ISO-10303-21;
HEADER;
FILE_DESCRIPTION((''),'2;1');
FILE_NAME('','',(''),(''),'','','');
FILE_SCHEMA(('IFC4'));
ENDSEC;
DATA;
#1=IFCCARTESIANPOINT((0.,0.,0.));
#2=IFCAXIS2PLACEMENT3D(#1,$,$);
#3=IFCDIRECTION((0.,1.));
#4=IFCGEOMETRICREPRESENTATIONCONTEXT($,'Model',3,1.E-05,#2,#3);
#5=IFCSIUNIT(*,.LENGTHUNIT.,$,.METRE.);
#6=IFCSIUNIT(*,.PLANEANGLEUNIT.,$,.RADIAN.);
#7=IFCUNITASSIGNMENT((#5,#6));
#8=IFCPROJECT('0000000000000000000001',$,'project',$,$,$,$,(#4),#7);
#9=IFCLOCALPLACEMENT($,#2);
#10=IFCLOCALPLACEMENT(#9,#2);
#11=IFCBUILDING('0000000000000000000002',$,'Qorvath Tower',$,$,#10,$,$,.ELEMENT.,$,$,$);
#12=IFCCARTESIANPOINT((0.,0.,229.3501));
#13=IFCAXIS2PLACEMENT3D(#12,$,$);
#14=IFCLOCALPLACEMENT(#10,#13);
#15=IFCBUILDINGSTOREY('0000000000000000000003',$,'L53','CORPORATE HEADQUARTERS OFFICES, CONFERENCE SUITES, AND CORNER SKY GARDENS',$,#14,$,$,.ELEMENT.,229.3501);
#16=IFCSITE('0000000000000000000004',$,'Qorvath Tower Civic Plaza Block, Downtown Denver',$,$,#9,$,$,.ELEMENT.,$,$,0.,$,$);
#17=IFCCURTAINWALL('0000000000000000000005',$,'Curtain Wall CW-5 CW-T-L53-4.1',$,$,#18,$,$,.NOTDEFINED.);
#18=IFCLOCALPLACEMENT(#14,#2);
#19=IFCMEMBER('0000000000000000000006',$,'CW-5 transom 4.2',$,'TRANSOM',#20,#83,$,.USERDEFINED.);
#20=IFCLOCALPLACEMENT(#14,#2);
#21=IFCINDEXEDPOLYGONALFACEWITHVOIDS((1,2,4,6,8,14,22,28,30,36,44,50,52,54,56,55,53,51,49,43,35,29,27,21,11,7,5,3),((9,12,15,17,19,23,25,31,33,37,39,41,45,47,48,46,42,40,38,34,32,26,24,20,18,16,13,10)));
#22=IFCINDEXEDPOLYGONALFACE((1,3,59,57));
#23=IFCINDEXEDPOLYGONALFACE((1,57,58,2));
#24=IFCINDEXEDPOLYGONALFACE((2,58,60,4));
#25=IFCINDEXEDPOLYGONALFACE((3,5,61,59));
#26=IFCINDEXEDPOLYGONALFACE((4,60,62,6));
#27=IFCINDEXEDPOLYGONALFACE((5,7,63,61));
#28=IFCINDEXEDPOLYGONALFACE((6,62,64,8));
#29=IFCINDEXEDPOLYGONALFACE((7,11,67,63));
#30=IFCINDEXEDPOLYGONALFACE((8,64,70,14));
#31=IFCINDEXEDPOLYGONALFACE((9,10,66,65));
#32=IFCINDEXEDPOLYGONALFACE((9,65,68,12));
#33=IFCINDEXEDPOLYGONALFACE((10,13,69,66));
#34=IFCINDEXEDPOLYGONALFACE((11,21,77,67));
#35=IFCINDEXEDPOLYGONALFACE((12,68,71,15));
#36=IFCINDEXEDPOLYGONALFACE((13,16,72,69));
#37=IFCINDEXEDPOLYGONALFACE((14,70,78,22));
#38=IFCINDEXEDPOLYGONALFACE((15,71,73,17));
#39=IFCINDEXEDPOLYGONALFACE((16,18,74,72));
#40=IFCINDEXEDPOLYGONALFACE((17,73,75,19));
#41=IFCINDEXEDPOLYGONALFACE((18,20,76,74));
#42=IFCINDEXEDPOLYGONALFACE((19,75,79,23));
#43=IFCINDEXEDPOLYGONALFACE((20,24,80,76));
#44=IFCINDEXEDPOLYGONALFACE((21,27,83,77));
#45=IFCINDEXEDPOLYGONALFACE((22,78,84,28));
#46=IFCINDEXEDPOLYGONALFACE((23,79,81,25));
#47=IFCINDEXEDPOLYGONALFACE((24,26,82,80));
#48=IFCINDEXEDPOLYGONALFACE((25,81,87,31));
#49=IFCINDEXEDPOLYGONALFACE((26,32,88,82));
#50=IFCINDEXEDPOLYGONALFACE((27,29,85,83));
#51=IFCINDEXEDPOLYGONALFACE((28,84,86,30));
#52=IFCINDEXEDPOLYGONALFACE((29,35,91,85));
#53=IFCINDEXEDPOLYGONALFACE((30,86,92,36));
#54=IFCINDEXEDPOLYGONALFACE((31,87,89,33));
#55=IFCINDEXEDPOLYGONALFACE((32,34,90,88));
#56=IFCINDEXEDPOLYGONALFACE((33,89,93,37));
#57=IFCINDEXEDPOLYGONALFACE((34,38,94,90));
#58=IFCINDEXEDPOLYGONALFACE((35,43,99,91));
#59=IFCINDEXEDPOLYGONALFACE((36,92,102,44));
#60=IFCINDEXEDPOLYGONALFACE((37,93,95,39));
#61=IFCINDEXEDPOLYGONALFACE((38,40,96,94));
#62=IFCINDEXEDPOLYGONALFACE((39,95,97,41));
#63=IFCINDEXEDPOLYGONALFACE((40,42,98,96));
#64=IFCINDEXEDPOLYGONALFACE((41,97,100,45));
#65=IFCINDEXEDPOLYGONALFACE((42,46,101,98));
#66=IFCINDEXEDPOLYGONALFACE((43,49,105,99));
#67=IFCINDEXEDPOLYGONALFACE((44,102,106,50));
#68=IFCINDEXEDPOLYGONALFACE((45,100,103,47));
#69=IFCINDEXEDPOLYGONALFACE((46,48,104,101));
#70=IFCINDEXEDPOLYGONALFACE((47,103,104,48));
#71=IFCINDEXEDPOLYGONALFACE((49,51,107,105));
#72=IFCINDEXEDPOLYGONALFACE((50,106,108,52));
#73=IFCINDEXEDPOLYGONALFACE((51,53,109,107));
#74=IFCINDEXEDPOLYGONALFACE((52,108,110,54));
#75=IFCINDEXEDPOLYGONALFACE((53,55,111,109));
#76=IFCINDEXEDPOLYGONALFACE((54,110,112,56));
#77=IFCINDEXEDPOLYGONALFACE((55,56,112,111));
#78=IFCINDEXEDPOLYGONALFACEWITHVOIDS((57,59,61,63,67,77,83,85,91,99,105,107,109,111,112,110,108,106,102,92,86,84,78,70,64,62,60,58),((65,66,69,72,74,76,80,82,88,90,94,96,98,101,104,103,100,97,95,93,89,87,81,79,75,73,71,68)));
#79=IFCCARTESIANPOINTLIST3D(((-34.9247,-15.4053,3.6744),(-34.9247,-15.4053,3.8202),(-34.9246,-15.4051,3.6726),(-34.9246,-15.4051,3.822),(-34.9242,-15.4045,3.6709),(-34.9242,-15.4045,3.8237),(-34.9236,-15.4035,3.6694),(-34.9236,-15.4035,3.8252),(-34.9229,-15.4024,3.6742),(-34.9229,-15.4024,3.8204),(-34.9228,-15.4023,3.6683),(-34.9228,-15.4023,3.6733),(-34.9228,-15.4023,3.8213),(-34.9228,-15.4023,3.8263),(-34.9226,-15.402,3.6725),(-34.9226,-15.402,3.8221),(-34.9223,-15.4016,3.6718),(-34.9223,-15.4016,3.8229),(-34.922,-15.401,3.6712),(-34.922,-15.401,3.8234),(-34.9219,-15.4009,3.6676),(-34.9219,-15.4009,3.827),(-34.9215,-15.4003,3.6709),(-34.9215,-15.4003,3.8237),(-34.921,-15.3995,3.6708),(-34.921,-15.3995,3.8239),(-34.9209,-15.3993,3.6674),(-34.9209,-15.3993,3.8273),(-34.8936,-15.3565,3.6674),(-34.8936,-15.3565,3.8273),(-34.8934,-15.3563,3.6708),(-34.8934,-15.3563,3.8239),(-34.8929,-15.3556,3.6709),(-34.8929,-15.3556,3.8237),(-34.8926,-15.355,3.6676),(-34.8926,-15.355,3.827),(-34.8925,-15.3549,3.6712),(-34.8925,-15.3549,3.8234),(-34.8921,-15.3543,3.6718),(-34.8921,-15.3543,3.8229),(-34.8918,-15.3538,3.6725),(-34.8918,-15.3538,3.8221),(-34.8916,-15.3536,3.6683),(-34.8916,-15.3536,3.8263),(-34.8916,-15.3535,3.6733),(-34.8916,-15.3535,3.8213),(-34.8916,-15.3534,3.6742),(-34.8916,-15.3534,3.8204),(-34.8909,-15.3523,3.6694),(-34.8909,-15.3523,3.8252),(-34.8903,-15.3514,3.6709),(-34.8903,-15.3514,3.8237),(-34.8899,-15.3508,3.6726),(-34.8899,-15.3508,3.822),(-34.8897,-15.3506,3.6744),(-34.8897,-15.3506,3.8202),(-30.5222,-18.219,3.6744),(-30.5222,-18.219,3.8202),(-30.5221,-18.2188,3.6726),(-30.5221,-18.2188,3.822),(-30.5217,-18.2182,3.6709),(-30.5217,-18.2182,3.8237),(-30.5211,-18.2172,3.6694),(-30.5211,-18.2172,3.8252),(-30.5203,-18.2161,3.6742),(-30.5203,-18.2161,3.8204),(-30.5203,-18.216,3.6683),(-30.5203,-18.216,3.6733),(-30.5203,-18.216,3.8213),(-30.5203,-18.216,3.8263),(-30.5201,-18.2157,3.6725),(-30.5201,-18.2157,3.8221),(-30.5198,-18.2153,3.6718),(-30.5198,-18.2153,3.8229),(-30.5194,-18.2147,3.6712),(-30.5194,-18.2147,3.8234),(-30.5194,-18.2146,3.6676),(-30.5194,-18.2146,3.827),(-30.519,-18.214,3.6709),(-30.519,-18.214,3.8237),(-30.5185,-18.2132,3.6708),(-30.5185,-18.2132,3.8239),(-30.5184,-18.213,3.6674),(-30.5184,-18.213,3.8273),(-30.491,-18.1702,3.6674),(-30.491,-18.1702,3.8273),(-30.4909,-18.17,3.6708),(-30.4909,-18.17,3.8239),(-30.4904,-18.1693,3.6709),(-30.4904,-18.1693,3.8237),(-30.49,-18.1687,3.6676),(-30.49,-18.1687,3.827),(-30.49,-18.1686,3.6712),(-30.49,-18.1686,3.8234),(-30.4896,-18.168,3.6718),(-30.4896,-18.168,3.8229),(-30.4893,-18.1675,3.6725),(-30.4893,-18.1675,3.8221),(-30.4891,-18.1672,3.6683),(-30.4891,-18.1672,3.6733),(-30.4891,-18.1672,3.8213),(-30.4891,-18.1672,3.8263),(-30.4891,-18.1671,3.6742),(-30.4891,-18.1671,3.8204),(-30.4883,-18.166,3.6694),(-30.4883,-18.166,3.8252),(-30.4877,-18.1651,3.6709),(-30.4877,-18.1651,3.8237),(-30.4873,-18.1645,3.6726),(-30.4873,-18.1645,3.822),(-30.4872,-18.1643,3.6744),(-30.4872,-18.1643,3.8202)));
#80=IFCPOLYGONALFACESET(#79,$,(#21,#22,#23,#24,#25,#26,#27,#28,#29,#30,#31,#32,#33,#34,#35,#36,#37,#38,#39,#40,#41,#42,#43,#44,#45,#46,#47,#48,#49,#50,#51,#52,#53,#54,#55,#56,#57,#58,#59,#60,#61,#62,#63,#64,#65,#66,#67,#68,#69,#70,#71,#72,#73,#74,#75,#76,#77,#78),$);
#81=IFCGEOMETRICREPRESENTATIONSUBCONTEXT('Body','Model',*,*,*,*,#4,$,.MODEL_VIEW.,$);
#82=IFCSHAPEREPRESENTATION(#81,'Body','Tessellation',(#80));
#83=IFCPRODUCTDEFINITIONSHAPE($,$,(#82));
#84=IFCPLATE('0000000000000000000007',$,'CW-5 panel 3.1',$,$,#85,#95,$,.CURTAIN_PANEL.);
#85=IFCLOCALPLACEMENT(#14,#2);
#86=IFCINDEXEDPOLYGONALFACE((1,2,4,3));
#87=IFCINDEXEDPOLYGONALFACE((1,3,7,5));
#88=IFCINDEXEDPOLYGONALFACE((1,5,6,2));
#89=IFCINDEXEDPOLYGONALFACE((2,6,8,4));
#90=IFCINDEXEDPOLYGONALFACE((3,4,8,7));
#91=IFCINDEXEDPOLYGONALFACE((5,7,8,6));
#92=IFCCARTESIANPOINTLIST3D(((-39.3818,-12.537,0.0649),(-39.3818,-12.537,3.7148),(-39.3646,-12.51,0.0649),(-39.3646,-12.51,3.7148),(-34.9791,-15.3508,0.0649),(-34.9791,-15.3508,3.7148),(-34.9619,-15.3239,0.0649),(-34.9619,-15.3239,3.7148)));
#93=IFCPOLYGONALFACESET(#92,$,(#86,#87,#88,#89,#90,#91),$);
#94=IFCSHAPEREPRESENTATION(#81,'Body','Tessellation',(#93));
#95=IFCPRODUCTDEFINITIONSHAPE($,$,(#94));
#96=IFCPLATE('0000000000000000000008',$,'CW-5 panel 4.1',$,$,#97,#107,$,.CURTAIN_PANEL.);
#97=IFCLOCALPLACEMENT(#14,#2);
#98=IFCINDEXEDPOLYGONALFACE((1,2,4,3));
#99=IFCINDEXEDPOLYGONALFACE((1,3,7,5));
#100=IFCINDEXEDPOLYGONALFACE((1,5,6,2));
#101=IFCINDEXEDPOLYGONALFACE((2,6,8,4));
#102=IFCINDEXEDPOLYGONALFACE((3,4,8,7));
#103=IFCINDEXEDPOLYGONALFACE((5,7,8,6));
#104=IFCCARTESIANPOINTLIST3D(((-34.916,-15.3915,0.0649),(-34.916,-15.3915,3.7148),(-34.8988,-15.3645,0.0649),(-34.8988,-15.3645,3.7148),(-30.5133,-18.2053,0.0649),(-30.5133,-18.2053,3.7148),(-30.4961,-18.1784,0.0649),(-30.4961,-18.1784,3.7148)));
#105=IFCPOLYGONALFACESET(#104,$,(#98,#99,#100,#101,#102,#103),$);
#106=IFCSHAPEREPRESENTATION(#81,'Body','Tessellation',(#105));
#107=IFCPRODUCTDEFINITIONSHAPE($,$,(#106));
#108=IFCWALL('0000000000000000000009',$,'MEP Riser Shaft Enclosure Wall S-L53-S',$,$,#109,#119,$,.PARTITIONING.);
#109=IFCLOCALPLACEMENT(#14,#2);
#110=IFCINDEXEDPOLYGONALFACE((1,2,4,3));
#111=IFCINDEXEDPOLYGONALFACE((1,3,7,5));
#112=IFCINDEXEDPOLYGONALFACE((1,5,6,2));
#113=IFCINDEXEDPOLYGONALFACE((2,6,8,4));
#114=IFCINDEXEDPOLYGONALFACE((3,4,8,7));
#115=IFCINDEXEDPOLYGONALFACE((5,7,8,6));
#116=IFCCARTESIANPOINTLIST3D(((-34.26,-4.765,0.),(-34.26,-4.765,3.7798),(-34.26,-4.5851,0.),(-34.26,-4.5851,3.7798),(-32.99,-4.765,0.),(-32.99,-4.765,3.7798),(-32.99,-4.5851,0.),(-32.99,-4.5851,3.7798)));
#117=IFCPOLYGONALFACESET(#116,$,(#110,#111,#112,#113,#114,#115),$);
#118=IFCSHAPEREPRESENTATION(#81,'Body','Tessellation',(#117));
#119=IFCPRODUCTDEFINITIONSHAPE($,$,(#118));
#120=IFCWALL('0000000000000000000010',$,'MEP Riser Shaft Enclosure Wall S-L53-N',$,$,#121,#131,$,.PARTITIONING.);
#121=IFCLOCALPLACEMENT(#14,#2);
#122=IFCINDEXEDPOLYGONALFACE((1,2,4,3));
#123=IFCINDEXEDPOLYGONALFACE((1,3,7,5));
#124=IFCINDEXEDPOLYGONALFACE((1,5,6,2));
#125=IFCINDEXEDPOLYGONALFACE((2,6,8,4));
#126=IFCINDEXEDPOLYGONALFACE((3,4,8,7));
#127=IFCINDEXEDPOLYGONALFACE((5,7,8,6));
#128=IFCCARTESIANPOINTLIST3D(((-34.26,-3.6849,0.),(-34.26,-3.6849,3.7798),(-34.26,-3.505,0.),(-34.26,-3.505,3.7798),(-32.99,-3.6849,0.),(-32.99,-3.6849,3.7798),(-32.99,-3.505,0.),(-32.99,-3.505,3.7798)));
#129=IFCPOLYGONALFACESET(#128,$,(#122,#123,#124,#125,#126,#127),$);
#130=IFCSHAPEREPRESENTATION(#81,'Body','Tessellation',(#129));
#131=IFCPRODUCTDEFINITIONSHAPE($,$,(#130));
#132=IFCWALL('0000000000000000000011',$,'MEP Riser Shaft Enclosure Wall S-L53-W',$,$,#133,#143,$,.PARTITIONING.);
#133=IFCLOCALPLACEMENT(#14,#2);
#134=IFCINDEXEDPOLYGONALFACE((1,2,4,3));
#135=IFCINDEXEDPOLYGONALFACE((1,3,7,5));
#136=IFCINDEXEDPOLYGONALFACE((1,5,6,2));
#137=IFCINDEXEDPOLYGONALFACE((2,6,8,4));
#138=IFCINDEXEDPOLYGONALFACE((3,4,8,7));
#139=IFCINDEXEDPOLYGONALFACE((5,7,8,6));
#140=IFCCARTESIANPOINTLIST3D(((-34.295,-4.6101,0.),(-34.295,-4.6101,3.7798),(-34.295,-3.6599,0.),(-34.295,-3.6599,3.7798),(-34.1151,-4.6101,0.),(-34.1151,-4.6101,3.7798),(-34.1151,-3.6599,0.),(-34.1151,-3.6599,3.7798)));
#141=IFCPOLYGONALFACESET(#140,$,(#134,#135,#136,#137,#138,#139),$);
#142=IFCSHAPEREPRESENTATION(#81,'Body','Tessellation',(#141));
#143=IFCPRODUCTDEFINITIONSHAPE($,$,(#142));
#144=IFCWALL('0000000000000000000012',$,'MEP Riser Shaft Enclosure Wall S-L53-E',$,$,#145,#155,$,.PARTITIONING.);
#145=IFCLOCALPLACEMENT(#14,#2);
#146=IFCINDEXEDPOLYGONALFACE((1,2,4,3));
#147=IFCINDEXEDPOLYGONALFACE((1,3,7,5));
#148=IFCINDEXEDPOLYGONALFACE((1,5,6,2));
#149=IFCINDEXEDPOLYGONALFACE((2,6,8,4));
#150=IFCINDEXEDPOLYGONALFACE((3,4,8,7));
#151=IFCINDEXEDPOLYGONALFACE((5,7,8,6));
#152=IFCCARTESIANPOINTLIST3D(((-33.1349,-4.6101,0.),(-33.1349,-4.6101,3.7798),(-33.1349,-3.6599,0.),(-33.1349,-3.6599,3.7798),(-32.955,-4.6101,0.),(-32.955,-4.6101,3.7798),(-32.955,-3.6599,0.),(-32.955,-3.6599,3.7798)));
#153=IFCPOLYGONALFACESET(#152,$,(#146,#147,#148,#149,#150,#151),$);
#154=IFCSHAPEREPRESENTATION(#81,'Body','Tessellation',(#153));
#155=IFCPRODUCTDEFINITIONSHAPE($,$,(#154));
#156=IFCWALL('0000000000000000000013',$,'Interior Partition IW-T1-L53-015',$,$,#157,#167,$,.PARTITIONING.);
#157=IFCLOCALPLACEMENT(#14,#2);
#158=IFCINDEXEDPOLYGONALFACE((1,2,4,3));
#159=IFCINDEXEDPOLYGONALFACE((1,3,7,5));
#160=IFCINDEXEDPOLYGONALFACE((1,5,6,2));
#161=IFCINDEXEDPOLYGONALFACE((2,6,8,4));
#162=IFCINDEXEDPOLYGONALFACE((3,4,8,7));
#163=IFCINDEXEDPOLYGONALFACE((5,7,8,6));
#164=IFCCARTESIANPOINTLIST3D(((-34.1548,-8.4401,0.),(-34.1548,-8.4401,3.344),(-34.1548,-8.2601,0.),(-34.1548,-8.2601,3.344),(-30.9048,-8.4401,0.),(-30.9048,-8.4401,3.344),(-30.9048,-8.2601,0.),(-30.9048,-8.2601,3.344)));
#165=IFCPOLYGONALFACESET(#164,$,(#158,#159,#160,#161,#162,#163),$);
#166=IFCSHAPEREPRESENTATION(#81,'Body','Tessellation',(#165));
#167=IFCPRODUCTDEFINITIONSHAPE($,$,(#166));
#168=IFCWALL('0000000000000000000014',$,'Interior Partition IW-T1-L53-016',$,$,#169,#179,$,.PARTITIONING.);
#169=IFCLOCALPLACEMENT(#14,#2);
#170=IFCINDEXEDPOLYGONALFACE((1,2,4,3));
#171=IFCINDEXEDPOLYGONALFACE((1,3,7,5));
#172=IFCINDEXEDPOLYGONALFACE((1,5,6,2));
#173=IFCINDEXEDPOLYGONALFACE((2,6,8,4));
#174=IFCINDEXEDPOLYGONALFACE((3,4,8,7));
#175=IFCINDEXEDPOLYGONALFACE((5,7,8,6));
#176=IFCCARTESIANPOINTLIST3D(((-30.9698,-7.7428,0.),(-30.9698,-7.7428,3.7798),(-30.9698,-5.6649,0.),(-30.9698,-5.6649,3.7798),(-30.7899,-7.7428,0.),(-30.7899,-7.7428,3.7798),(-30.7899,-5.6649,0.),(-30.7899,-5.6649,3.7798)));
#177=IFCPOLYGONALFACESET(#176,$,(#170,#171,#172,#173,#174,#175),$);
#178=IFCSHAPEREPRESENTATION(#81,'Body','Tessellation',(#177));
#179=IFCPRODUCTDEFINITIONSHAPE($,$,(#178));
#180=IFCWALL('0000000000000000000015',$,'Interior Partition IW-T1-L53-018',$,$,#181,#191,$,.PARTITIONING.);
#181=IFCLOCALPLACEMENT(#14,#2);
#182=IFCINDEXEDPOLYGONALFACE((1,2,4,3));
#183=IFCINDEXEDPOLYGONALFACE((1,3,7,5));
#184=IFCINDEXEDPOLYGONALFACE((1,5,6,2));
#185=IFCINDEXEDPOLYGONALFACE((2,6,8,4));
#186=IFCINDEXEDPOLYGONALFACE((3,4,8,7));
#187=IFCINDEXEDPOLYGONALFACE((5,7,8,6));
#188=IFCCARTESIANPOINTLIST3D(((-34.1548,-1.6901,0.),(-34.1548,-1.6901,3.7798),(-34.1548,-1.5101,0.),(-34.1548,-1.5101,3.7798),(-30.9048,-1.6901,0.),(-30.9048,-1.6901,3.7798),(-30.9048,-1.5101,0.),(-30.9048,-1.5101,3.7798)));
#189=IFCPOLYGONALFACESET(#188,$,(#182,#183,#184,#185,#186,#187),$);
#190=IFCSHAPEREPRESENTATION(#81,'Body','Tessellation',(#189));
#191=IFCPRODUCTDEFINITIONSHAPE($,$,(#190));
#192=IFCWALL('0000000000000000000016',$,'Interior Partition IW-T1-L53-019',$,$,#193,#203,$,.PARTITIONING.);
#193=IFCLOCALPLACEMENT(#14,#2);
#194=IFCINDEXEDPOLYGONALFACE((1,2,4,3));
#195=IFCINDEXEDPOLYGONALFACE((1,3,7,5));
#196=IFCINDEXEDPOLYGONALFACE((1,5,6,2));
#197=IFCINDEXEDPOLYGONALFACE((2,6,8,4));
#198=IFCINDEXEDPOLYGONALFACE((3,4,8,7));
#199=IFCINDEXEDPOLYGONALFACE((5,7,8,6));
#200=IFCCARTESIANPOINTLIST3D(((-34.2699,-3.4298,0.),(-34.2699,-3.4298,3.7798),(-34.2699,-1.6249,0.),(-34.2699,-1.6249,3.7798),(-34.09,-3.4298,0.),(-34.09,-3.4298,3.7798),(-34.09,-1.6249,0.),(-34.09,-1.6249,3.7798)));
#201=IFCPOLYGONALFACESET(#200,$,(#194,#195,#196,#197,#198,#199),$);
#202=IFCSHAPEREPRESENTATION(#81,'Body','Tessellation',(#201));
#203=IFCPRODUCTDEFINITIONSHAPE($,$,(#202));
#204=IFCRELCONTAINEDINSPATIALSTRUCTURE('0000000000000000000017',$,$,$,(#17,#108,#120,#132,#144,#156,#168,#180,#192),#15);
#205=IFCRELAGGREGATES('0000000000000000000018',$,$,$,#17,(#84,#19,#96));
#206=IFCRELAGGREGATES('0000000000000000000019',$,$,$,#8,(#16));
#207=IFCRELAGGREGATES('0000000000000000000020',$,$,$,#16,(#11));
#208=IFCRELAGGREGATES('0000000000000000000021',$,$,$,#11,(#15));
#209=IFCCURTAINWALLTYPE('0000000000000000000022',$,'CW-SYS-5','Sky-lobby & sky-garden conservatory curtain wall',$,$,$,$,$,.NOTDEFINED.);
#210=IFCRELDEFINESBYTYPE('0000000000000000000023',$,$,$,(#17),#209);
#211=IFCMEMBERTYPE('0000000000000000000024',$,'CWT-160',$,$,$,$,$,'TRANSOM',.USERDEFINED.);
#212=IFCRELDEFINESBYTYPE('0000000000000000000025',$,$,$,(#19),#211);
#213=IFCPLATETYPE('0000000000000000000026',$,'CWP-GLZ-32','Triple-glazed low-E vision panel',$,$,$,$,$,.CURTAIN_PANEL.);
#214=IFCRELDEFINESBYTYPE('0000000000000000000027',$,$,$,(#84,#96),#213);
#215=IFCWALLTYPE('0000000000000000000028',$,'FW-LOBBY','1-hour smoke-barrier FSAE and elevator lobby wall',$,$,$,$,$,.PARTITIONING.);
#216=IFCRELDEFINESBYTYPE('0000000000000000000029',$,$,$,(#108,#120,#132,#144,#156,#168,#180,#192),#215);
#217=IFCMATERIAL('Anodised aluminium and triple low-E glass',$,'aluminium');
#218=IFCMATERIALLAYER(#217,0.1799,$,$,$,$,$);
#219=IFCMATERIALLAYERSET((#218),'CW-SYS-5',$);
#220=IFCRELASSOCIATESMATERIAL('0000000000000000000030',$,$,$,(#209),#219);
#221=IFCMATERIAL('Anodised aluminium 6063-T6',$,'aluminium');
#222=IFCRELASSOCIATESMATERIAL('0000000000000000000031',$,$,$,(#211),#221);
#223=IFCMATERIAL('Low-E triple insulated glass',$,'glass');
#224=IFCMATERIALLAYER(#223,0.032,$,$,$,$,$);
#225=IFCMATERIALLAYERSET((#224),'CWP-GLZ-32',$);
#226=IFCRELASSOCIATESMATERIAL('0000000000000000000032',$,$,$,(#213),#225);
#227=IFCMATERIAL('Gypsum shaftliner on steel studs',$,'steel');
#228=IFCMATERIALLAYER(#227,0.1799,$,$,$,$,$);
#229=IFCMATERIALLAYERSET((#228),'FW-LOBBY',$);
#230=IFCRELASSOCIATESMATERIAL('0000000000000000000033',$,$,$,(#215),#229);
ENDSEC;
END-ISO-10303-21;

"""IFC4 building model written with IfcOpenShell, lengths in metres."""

from ifc_helpers import new_model, si_unit, direction, frame, frame_2d, origin, origin_2d, place, context, subcontext, project, spatial, rectangle, hollow_rectangle, extrude, material, layer, layer_set, material_profile, profile_set, type_object, element, aggregate, save


model = new_model("IFC4")

# Units and contexts
model_context = context("Model", 3, precision=1e-05, world=origin(), true_north=direction((0.0, 1.0)))
body_context = subcontext(model_context, "Body", "Model", "MODEL_VIEW")
ifc_project = project(units=[si_unit("LENGTHUNIT", "METRE"), si_unit("PLANEANGLEUNIT", "RADIAN")], contexts=[model_context])

# Site, building, storey
site_placement = place(None, origin())
site = spatial("IfcSite", under=ifc_project, at=site_placement, Name="Qorvath Tower Civic Plaza Block, Downtown Denver", CompositionType="ELEMENT", RefElevation=0.0)
building_placement = place(site_placement, origin())
building = spatial("IfcBuilding", under=site, at=building_placement, Name="Qorvath Tower", CompositionType="ELEMENT")
storey_placement = place(building_placement, frame((0.0, 0.0, 229.3501)))
storey = spatial("IfcBuildingStorey", under=building, at=storey_placement, Name="L53", Description="CORPORATE HEADQUARTERS OFFICES, CONFERENCE SUITES, AND CORNER SKY GARDENS", CompositionType="ELEMENT", Elevation=229.3501)

# Curtain wall, member, plates
ifc_material_1 = material(Name="Anodised aluminium and triple low-E glass", Category="aluminium")
ifc_layer_1 = layer(ifc_material_1, 0.1799)
ifc_layer_set_1 = layer_set([ifc_layer_1], Name="CW-SYS-5")
curtain_wall_type = type_object("IfcCurtainWallType", Name="CW-SYS-5", Description="Sky-lobby & sky-garden conservatory curtain wall", PredefinedType="NOTDEFINED", material=ifc_layer_set_1)
curtain_wall_placement = place(storey_placement, origin())
curtain_wall = element("IfcCurtainWall", 1, at=curtain_wall_placement, inside=storey, type_object=curtain_wall_type, Name="Curtain Wall CW-5 CW-T-L53-4.1", PredefinedType="NOTDEFINED")
ifc_material_2 = material(Name="Anodised aluminium 6063-T6", Category="aluminium")
ifc_material_profile_1 = material_profile(ifc_material_2, hollow_rectangle(XDim=0.0649, YDim=0.1599, WallThickness=0.0034, InnerFilletRadius=0.0034, OuterFilletRadius=0.0071, at=origin_2d()), Name="CWT 160x65")
ifc_profile_set_1 = profile_set([ifc_material_profile_1], Name="Anodised aluminium 6063-T6")
member_type_1 = type_object("IfcMemberType", Name="CWT-160", ElementType="TRANSOM", PredefinedType="USERDEFINED", material=ifc_profile_set_1)
member_1_placement = place(storey_placement, frame((-34.9072, -15.3779, 3.7473), z_axis=(0.842613, -0.538519, 0.0), x_axis=(0.538519, 0.842613, 0.0)))
member_1 = element("IfcMember", 2, at=member_1_placement, type_object=member_type_1, Name="CW-5 transom 4.2", ObjectType="TRANSOM", PredefinedType="USERDEFINED", context=body_context, shape_type="SweptSolid", body=[
    extrude(hollow_rectangle(XDim=0.0649, YDim=0.1599, WallThickness=0.0034, InnerFilletRadius=0.0034, OuterFilletRadius=0.0071, at=origin_2d()), origin(), (0.0, 0.0, 1.0), 5.2249),
])
ifc_material_3 = material(Name="Low-E triple insulated glass", Category="glass")
ifc_layer_2 = layer(ifc_material_3, 0.032)
ifc_layer_set_2 = layer_set([ifc_layer_2], Name="CWP-GLZ-32")
plate_type = type_object("IfcPlateType", Name="CWP-GLZ-32", Description="Triple-glazed low-E vision panel", PredefinedType="CURTAIN_PANEL", material=ifc_layer_set_2)
plate_1_placement = place(storey_placement, frame((-37.1719, -13.9304, 0.0649), z_axis=(0.0, 0.0, 1.0), x_axis=(0.842607, -0.538529, 0.0)))
plate_1 = element("IfcPlate", 3, at=plate_1_placement, type_object=plate_type, Name="CW-5 panel 3.1", PredefinedType="CURTAIN_PANEL", context=body_context, shape_type="SweptSolid", body=[
    extrude(rectangle(XDim=5.2251, YDim=0.032, at=origin_2d()), origin(), (0.0, 0.0, 1.0), 3.6499),
])
plate_2_placement = place(storey_placement, frame((-32.7061, -16.7849, 0.0649), z_axis=(0.0, 0.0, 1.0), x_axis=(0.842607, -0.538529, 0.0)))
plate_2 = element("IfcPlate", 4, at=plate_2_placement, type_object=plate_type, Name="CW-5 panel 4.1", PredefinedType="CURTAIN_PANEL", context=body_context, shape_type="SweptSolid", body=[
    extrude(rectangle(XDim=5.2251, YDim=0.032, at=origin_2d()), origin(), (0.0, 0.0, 1.0), 3.6499),
])
aggregate(curtain_wall, [plate_1, member_1, plate_2])

# Walls
ifc_material_4 = material(Name="Gypsum shaftliner on steel studs", Category="steel")
ifc_layer_3 = layer(ifc_material_4, 0.1799)
ifc_layer_set_3 = layer_set([ifc_layer_3], Name="FW-LOBBY")
wall_type_1 = type_object("IfcWallType", Name="FW-LOBBY", Description="1-hour smoke-barrier FSAE and elevator lobby wall", PredefinedType="PARTITIONING", material=ifc_layer_set_3)
for number, where, z_axis, x_axis, name in (
    (5, (-32.99, -4.675, 0.0), (0.0, 0.0, 1.0), (-1.0, 0.0, 0.0), "MEP Riser Shaft Enclosure Wall S-L53-S"),
    (6, (-34.26, -3.595, 0.0), (0.0, 0.0, 1.0), (1.0, 0.0, 0.0), "MEP Riser Shaft Enclosure Wall S-L53-N"),
):
    element("IfcWall", number, at=place(storey_placement, frame(where, z_axis=z_axis, x_axis=x_axis)), inside=storey, type_object=wall_type_1, Name=name, PredefinedType="PARTITIONING", context=body_context, shape_type="SweptSolid", body=[
        extrude(rectangle(XDim=1.27, YDim=0.1799, at=frame_2d((0.635, 0.0))), origin(), (0.0, 0.0, 1.0), 3.7798),
    ])
for number, where, z_axis, x_axis, name in (
    (7, (-34.2051, -4.6101, 0.0), (0.0, 0.0, 1.0), (0.0, 1.0, 0.0), "MEP Riser Shaft Enclosure Wall S-L53-W"),
    (8, (-33.0449, -3.6599, 0.0), (0.0, 0.0, 1.0), (0.0, -1.0, 0.0), "MEP Riser Shaft Enclosure Wall S-L53-E"),
):
    element("IfcWall", number, at=place(storey_placement, frame(where, z_axis=z_axis, x_axis=x_axis)), inside=storey, type_object=wall_type_1, Name=name, PredefinedType="PARTITIONING", context=body_context, shape_type="SweptSolid", body=[
        extrude(rectangle(XDim=0.9502, YDim=0.1799, at=frame_2d((0.4751, 0.0))), origin(), (0.0, 0.0, 1.0), 3.7798),
    ])
wall_1_placement = place(storey_placement, frame((-34.1548, -8.3501, 0.0), z_axis=(0.0, 0.0, 1.0), x_axis=(1.0, 0.0, 0.0)))
element("IfcWall", 9, at=wall_1_placement, inside=storey, type_object=wall_type_1, Name="Interior Partition IW-T1-L53-015", PredefinedType="PARTITIONING", context=body_context, shape_type="SweptSolid", body=[
    extrude(rectangle(XDim=3.25, YDim=0.1799, at=frame_2d((1.625, 0.0))), origin(), (0.0, 0.0, 1.0), 3.344),
])
wall_2_placement = place(storey_placement, frame((-30.8799, -7.7429, 0.0), z_axis=(0.0, 0.0, 1.0), x_axis=(0.0, 1.0, 0.0)))
element("IfcWall", 10, at=wall_2_placement, inside=storey, type_object=wall_type_1, Name="Interior Partition IW-T1-L53-016", PredefinedType="PARTITIONING", context=body_context, shape_type="SweptSolid", body=[
    extrude(rectangle(XDim=2.0779, YDim=0.1799, at=frame_2d((1.0391, 0.0))), origin(), (0.0, 0.0, 1.0), 3.7798),
])
wall_3_placement = place(storey_placement, frame((-30.9048, -1.6001, 0.0), z_axis=(0.0, 0.0, 1.0), x_axis=(-1.0, 0.0, 0.0)))
element("IfcWall", 11, at=wall_3_placement, inside=storey, type_object=wall_type_1, Name="Interior Partition IW-T1-L53-018", PredefinedType="PARTITIONING", context=body_context, shape_type="SweptSolid", body=[
    extrude(rectangle(XDim=3.25, YDim=0.1799, at=frame_2d((1.625, 0.0))), origin(), (0.0, 0.0, 1.0), 3.7798),
])
wall_4_placement = place(storey_placement, frame((-34.1799, -1.625, 0.0), z_axis=(0.0, 0.0, 1.0), x_axis=(0.0, -1.0, 0.0)))
element("IfcWall", 12, at=wall_4_placement, inside=storey, type_object=wall_type_1, Name="Interior Partition IW-T1-L53-019", PredefinedType="PARTITIONING", context=body_context, shape_type="SweptSolid", body=[
    extrude(rectangle(XDim=1.8049, YDim=0.1799, at=frame_2d((0.9023, 0.0))), origin(), (0.0, 0.0, 1.0), 3.7798),
])

save(model, "model.ifc")
